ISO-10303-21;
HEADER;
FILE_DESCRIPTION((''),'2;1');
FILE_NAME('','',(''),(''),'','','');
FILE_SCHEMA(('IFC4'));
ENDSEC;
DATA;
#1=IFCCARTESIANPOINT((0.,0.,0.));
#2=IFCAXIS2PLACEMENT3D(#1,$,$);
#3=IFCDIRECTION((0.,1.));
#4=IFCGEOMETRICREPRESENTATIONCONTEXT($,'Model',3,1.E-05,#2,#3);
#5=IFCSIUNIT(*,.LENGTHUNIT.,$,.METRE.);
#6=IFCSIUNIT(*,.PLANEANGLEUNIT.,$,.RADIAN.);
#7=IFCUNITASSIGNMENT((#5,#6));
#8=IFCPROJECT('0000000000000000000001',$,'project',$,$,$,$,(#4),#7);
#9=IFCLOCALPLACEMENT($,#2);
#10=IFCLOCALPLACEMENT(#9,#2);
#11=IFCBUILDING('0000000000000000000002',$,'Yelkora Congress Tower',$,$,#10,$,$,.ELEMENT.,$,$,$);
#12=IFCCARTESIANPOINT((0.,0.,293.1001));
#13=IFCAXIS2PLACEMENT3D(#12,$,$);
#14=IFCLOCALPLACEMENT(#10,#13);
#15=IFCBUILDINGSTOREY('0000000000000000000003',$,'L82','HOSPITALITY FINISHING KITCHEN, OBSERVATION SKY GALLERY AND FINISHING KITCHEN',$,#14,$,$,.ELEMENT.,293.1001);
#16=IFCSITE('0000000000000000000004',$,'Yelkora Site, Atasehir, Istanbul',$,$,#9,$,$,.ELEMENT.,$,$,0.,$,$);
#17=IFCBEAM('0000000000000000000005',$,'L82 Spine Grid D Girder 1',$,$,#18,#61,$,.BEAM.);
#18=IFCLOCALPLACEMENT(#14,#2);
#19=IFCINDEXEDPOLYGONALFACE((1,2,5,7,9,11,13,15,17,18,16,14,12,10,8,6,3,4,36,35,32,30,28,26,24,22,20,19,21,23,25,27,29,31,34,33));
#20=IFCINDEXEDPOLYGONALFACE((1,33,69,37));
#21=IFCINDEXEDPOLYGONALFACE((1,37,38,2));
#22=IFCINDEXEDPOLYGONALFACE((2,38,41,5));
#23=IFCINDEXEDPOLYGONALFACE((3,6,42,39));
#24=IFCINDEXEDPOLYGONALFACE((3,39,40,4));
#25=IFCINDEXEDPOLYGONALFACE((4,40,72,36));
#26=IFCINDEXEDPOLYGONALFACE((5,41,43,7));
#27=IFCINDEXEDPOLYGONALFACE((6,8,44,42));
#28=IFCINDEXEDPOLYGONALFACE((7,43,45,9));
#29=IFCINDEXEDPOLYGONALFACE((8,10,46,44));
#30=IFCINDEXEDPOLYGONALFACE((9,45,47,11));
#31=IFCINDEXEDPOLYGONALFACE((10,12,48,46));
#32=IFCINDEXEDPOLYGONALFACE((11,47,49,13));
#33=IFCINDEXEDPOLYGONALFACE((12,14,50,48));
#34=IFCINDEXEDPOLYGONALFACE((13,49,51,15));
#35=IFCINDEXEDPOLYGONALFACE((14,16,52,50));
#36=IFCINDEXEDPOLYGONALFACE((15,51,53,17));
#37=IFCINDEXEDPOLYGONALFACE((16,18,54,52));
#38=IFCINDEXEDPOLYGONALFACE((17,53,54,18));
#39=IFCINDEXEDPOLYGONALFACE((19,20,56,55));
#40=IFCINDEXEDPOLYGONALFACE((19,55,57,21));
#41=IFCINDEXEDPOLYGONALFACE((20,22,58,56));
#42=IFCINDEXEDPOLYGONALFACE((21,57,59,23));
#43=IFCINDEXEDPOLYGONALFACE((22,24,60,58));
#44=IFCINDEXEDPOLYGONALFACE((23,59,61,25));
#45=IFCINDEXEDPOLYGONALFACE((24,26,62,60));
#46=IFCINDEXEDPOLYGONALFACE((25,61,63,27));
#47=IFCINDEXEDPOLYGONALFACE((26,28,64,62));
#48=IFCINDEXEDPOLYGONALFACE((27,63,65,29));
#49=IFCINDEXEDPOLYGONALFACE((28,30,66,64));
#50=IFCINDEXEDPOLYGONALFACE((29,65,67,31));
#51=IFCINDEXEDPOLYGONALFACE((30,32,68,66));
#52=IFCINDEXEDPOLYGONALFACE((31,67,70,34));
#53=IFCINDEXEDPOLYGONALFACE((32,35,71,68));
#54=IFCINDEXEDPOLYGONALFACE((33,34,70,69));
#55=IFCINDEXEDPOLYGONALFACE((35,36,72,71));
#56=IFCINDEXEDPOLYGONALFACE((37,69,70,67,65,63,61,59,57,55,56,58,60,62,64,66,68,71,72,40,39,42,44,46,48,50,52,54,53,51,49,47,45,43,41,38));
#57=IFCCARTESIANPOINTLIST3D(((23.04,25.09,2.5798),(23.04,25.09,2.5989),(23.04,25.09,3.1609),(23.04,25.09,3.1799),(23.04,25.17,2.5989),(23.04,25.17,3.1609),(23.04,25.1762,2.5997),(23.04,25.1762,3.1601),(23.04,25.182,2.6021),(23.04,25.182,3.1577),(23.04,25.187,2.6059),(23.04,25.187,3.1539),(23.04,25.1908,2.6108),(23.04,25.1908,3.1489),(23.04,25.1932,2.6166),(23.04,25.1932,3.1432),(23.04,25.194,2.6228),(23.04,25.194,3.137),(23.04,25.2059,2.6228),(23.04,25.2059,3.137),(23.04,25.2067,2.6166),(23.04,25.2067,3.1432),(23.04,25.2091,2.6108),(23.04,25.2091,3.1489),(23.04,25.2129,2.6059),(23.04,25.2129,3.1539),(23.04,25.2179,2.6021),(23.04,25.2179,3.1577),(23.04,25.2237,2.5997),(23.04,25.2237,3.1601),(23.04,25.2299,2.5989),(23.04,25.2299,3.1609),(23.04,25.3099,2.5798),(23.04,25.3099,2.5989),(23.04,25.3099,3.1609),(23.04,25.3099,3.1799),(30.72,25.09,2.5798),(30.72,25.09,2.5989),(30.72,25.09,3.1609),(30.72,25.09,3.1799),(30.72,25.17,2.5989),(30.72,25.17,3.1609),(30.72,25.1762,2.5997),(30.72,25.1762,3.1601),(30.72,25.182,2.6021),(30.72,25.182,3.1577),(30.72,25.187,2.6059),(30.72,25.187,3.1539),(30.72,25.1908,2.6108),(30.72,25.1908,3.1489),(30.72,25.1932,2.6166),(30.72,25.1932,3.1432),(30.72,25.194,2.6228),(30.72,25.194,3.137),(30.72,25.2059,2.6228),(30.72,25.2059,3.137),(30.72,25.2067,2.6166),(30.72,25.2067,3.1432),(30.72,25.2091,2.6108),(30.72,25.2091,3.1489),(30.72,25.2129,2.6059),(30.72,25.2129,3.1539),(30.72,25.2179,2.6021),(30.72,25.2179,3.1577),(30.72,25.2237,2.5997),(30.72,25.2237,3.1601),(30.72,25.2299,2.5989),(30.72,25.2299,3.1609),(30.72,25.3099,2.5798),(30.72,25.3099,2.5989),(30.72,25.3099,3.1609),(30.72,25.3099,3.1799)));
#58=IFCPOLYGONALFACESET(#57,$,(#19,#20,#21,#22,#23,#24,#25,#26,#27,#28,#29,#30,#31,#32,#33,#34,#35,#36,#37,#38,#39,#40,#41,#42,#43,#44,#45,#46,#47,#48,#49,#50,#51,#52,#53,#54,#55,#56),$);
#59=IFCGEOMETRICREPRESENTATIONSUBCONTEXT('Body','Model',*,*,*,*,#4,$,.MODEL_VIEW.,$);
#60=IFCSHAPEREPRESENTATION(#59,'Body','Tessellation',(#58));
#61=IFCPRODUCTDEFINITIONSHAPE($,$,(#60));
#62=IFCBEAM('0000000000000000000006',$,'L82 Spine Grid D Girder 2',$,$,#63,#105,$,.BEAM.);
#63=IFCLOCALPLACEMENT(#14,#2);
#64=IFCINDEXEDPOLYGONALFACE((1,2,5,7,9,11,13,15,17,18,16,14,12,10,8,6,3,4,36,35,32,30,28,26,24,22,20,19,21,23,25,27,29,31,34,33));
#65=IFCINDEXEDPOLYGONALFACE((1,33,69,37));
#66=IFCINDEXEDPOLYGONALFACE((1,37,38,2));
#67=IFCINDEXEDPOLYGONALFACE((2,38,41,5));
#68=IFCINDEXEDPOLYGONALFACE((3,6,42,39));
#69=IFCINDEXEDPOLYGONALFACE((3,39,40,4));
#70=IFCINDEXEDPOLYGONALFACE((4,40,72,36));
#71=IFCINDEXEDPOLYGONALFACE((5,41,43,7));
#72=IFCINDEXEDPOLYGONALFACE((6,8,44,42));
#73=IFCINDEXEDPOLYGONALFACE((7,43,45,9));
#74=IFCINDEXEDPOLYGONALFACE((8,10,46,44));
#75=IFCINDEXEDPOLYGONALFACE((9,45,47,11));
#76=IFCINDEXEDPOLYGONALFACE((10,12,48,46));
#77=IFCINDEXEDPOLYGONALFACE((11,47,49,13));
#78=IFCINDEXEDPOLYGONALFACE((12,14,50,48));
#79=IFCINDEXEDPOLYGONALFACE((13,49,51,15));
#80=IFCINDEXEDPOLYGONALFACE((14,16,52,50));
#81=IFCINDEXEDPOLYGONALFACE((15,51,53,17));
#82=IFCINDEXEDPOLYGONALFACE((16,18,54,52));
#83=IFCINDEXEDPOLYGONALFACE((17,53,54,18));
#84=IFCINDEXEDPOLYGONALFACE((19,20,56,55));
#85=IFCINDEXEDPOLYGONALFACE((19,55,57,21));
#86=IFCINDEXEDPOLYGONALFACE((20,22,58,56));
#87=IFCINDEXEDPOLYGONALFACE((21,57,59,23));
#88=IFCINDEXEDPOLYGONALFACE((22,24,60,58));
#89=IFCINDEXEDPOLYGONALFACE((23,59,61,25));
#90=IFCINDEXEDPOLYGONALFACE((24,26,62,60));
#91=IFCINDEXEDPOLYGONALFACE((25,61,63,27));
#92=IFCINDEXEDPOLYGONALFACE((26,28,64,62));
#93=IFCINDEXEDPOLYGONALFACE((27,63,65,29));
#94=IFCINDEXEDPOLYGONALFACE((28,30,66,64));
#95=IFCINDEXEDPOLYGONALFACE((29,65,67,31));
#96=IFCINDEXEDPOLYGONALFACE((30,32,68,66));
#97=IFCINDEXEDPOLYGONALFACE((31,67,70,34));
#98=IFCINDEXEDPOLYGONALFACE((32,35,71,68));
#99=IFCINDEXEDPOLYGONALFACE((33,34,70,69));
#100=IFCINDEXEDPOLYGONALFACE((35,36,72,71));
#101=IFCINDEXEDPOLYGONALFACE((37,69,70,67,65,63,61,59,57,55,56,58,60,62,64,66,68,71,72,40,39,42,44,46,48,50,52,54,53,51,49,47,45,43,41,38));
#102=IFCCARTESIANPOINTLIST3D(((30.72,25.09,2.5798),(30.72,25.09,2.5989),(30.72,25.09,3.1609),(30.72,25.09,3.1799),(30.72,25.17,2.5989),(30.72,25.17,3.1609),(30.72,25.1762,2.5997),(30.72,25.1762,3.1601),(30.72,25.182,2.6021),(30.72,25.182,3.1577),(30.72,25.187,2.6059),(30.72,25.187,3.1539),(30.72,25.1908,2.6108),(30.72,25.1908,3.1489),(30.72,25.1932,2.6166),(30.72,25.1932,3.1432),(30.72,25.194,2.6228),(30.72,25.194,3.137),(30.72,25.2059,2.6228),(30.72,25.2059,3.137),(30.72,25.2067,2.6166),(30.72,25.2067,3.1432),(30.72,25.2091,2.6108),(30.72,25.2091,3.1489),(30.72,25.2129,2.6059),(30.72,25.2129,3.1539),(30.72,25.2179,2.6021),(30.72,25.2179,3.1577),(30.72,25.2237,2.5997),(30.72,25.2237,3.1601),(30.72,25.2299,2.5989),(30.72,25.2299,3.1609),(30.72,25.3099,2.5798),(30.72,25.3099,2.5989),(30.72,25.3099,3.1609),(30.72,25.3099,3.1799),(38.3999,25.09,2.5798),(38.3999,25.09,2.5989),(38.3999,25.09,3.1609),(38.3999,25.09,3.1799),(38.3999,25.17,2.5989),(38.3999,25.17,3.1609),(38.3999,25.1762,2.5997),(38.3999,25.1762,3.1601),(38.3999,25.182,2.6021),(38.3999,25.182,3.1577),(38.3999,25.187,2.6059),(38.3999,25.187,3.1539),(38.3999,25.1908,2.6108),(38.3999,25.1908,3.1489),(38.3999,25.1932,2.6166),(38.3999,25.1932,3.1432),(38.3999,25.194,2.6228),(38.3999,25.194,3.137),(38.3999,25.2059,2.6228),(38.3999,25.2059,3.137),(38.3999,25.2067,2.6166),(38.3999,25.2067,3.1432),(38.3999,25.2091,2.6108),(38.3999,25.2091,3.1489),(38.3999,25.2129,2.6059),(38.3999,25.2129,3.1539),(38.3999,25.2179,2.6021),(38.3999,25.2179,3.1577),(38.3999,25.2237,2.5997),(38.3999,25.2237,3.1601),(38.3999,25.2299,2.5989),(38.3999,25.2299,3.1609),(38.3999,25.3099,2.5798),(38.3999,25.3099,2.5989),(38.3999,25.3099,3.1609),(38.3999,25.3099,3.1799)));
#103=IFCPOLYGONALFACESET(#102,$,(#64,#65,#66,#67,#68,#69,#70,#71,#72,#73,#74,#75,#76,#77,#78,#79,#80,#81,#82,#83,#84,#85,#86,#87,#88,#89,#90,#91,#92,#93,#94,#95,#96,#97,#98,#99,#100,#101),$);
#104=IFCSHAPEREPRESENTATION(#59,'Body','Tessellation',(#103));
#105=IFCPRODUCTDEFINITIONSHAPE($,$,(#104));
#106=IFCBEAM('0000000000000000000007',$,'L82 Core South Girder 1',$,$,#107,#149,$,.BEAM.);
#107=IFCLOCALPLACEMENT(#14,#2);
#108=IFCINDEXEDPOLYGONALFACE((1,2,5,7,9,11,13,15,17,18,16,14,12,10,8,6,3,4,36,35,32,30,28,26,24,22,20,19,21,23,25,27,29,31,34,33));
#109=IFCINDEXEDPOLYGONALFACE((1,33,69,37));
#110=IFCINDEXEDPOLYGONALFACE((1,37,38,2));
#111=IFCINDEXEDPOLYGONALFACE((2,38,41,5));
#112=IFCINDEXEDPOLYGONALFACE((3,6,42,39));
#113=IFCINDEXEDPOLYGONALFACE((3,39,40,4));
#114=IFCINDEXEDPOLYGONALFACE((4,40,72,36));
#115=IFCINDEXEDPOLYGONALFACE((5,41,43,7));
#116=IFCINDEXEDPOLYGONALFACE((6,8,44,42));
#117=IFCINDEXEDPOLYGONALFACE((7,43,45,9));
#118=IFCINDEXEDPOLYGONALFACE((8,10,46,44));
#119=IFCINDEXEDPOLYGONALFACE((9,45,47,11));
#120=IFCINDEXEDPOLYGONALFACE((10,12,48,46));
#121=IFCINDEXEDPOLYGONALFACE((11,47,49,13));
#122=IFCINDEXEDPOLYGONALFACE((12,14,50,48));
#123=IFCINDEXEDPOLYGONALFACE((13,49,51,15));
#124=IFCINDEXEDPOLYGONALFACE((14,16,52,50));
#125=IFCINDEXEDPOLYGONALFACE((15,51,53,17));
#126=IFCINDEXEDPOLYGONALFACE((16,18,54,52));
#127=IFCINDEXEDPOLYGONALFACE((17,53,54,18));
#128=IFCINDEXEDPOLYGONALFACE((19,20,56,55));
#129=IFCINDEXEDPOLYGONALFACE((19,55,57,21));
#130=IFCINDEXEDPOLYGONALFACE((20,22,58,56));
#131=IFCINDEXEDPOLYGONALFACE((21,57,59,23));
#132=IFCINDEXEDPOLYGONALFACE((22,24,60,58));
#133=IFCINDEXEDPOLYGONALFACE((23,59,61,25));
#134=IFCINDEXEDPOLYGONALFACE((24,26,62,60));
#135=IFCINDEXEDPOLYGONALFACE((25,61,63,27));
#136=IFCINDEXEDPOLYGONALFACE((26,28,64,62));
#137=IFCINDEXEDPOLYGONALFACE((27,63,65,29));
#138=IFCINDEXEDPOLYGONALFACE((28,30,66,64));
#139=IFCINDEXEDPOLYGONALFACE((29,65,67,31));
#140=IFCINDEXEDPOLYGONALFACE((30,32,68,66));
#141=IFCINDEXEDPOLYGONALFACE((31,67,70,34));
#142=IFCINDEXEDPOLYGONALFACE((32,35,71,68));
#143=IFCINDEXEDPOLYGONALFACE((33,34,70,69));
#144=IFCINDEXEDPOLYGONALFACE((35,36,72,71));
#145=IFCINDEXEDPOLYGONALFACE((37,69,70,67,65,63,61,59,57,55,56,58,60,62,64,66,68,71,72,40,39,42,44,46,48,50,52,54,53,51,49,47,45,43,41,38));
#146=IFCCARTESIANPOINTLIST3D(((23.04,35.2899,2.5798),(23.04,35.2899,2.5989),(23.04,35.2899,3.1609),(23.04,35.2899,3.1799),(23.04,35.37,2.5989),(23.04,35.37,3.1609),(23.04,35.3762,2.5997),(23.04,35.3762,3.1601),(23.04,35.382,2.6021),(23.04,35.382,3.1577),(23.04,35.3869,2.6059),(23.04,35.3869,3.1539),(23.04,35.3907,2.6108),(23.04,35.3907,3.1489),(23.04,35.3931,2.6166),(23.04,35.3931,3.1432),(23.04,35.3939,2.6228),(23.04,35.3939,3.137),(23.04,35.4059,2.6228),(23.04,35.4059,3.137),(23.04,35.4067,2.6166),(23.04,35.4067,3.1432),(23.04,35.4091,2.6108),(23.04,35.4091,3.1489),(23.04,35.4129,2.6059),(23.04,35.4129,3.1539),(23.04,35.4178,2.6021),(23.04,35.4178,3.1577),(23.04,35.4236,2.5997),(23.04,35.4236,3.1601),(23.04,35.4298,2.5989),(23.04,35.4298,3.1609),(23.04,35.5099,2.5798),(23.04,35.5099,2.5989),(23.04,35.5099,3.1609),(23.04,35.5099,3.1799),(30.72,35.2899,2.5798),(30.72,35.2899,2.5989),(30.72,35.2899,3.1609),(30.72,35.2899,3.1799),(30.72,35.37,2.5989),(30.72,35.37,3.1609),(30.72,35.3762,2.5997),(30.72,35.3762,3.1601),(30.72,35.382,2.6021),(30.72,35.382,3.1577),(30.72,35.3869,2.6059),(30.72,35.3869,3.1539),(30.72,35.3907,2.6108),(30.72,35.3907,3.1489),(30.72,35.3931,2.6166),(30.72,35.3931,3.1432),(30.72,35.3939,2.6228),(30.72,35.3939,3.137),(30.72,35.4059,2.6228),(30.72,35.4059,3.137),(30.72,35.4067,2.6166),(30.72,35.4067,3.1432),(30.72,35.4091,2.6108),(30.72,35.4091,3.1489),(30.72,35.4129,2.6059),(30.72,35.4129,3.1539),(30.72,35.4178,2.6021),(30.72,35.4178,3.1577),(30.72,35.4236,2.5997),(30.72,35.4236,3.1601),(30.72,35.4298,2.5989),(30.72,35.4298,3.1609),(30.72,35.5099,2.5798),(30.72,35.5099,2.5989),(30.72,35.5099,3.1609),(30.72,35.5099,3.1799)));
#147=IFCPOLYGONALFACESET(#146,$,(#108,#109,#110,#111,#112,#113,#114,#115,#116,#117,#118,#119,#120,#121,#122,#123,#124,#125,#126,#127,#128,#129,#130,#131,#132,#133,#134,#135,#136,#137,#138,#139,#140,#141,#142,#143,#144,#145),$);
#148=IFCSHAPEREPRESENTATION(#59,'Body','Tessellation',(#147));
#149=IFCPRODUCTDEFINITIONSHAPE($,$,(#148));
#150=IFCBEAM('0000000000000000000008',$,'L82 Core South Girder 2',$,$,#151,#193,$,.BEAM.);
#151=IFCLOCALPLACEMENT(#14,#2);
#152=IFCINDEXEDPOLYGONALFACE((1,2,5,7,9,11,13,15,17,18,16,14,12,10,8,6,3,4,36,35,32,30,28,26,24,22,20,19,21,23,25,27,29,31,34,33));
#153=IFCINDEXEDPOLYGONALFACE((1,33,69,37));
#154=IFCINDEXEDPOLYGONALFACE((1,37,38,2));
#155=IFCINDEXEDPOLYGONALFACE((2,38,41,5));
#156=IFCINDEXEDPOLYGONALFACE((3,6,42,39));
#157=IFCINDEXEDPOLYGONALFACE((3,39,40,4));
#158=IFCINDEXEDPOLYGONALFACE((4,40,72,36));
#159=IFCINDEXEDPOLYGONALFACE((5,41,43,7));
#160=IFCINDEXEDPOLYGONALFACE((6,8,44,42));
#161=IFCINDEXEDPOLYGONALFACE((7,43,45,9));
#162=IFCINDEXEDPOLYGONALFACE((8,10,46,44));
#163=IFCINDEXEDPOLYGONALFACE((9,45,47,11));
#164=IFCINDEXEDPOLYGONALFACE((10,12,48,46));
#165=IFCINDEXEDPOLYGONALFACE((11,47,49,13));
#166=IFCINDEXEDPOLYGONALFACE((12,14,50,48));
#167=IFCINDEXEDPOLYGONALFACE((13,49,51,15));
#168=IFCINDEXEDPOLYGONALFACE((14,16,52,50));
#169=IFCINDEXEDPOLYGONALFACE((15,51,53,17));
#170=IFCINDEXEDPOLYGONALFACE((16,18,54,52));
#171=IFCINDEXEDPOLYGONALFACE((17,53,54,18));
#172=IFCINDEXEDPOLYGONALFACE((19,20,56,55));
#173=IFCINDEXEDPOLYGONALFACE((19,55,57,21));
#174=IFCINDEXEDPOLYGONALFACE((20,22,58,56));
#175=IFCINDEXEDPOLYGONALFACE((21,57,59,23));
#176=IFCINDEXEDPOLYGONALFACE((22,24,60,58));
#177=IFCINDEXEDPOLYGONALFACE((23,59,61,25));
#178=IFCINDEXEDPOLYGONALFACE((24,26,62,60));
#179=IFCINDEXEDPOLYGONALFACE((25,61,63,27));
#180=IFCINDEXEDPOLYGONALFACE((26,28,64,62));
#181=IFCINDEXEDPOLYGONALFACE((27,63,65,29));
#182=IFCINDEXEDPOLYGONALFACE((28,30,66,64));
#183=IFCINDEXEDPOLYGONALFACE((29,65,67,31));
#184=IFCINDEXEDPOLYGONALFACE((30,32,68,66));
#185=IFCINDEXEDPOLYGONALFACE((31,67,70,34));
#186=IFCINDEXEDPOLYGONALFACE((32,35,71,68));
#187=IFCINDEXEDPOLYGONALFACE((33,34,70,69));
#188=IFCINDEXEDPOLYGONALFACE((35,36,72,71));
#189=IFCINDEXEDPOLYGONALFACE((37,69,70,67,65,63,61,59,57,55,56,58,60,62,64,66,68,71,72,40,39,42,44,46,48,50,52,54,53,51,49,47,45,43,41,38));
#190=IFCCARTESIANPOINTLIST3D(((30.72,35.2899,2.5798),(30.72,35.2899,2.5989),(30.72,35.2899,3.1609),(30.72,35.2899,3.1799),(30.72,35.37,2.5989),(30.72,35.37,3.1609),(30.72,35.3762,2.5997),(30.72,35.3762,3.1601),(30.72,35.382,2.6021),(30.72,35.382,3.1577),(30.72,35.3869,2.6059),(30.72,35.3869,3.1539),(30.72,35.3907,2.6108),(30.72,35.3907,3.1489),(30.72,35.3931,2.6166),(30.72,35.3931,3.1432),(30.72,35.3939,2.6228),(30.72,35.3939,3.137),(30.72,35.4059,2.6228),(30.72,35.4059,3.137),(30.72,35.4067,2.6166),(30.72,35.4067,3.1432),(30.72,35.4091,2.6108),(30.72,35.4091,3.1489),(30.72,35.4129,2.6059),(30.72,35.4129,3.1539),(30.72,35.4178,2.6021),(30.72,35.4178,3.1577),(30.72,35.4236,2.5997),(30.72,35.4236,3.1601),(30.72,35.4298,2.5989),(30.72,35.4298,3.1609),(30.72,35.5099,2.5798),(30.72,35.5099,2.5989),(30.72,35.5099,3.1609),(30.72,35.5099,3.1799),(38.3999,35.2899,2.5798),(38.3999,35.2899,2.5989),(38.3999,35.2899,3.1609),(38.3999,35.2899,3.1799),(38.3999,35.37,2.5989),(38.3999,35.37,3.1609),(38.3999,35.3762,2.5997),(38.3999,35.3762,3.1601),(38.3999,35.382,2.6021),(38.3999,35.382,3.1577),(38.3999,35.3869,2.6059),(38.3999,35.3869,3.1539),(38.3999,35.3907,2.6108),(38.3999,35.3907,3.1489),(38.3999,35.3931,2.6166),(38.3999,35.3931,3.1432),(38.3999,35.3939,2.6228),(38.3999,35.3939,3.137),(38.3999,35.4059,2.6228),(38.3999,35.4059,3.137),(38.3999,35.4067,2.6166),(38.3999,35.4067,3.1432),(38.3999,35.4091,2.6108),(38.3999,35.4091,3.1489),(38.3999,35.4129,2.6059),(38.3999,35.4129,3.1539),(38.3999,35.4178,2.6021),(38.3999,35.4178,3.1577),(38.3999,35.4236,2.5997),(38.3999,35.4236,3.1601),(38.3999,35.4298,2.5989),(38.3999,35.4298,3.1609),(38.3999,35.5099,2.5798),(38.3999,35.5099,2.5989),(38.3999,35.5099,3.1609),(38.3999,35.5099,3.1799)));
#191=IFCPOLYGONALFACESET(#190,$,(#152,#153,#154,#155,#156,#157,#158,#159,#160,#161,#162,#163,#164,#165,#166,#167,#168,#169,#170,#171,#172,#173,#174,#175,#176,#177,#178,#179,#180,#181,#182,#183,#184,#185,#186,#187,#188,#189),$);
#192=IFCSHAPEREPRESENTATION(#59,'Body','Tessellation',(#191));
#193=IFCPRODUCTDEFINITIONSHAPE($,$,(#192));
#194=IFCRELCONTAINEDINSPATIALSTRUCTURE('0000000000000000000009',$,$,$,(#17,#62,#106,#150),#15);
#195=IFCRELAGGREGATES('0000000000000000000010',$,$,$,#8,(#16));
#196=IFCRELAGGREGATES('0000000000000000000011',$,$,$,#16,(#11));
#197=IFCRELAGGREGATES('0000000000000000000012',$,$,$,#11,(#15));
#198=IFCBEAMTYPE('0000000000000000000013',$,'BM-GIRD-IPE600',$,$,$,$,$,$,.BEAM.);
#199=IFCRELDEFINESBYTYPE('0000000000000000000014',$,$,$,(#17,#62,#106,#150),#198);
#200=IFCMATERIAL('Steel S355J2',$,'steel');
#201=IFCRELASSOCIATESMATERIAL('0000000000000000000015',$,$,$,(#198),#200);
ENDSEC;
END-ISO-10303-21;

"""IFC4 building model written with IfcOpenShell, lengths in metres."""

from ifc_helpers import new_model, si_unit, direction, frame, origin, origin_2d, place, context, subcontext, project, spatial, i_section, extrude, material, material_profile, profile_set, type_object, element, save


model = new_model("IFC4")

# Units and contexts
model_context = context("Model", 3, precision=1e-05, world=origin(), true_north=direction((0.0, 1.0)))
body_context = subcontext(model_context, "Body", "Model", "MODEL_VIEW")
ifc_project = project(units=[si_unit("LENGTHUNIT", "METRE"), si_unit("PLANEANGLEUNIT", "RADIAN")], contexts=[model_context])

# Site, building, storey
site_placement = place(None, origin())
site = spatial("IfcSite", under=ifc_project, at=site_placement, Name="Yelkora Site, Atasehir, Istanbul", CompositionType="ELEMENT", RefElevation=0.0)
building_placement = place(site_placement, origin())
building = spatial("IfcBuilding", under=site, at=building_placement, Name="Yelkora Congress Tower", CompositionType="ELEMENT")
storey_placement = place(building_placement, frame((0.0, 0.0, 293.1001)))
storey = spatial("IfcBuildingStorey", under=building, at=storey_placement, Name="L82", Description="HOSPITALITY FINISHING KITCHEN, OBSERVATION SKY GALLERY AND FINISHING KITCHEN", CompositionType="ELEMENT", Elevation=293.1001)

# Beams
ifc_material_1 = material(Name="Steel S355J2", Category="steel")
ifc_material_profile_1 = material_profile(ifc_material_1, i_section(OverallWidth=0.22, OverallDepth=0.6001, WebThickness=0.012, FlangeThickness=0.019, FilletRadius=0.0239, at=origin_2d()), Name="IPE 600")
ifc_profile_set_1 = profile_set([ifc_material_profile_1], Name="Steel S355J2")
beam_type_1 = type_object("IfcBeamType", Name="BM-GIRD-IPE600", PredefinedType="BEAM", material=ifc_profile_set_1)
for number, where, z_axis, x_axis, name in (
    (1, (23.04, 25.2, 2.8799), (1.0, 0.0, 0.0), (0.0, 1.0, 0.0), "L82 Spine Grid D Girder 1"),
    (2, (30.72, 25.2, 2.8799), (1.0, 0.0, 0.0), (0.0, 1.0, 0.0), "L82 Spine Grid D Girder 2"),
    (3, (23.04, 35.3999, 2.8799), (1.0, 0.0, 0.0), (0.0, 1.0, 0.0), "L82 Core South Girder 1"),
    (4, (30.72, 35.3999, 2.8799), (1.0, 0.0, 0.0), (0.0, 1.0, 0.0), "L82 Core South Girder 2"),
):
    element("IfcBeam", number, at=place(storey_placement, frame(where, z_axis=z_axis, x_axis=x_axis)), inside=storey, type_object=beam_type_1, Name=name, PredefinedType="BEAM", context=body_context, shape_type="SweptSolid", body=[
        extrude(i_section(OverallWidth=0.22, OverallDepth=0.6001, WebThickness=0.012, FlangeThickness=0.019, FilletRadius=0.0239, at=origin_2d()), origin(), (0.0, 0.0, 1.0), 7.6799),
    ])

save(model, "model.ifc")
